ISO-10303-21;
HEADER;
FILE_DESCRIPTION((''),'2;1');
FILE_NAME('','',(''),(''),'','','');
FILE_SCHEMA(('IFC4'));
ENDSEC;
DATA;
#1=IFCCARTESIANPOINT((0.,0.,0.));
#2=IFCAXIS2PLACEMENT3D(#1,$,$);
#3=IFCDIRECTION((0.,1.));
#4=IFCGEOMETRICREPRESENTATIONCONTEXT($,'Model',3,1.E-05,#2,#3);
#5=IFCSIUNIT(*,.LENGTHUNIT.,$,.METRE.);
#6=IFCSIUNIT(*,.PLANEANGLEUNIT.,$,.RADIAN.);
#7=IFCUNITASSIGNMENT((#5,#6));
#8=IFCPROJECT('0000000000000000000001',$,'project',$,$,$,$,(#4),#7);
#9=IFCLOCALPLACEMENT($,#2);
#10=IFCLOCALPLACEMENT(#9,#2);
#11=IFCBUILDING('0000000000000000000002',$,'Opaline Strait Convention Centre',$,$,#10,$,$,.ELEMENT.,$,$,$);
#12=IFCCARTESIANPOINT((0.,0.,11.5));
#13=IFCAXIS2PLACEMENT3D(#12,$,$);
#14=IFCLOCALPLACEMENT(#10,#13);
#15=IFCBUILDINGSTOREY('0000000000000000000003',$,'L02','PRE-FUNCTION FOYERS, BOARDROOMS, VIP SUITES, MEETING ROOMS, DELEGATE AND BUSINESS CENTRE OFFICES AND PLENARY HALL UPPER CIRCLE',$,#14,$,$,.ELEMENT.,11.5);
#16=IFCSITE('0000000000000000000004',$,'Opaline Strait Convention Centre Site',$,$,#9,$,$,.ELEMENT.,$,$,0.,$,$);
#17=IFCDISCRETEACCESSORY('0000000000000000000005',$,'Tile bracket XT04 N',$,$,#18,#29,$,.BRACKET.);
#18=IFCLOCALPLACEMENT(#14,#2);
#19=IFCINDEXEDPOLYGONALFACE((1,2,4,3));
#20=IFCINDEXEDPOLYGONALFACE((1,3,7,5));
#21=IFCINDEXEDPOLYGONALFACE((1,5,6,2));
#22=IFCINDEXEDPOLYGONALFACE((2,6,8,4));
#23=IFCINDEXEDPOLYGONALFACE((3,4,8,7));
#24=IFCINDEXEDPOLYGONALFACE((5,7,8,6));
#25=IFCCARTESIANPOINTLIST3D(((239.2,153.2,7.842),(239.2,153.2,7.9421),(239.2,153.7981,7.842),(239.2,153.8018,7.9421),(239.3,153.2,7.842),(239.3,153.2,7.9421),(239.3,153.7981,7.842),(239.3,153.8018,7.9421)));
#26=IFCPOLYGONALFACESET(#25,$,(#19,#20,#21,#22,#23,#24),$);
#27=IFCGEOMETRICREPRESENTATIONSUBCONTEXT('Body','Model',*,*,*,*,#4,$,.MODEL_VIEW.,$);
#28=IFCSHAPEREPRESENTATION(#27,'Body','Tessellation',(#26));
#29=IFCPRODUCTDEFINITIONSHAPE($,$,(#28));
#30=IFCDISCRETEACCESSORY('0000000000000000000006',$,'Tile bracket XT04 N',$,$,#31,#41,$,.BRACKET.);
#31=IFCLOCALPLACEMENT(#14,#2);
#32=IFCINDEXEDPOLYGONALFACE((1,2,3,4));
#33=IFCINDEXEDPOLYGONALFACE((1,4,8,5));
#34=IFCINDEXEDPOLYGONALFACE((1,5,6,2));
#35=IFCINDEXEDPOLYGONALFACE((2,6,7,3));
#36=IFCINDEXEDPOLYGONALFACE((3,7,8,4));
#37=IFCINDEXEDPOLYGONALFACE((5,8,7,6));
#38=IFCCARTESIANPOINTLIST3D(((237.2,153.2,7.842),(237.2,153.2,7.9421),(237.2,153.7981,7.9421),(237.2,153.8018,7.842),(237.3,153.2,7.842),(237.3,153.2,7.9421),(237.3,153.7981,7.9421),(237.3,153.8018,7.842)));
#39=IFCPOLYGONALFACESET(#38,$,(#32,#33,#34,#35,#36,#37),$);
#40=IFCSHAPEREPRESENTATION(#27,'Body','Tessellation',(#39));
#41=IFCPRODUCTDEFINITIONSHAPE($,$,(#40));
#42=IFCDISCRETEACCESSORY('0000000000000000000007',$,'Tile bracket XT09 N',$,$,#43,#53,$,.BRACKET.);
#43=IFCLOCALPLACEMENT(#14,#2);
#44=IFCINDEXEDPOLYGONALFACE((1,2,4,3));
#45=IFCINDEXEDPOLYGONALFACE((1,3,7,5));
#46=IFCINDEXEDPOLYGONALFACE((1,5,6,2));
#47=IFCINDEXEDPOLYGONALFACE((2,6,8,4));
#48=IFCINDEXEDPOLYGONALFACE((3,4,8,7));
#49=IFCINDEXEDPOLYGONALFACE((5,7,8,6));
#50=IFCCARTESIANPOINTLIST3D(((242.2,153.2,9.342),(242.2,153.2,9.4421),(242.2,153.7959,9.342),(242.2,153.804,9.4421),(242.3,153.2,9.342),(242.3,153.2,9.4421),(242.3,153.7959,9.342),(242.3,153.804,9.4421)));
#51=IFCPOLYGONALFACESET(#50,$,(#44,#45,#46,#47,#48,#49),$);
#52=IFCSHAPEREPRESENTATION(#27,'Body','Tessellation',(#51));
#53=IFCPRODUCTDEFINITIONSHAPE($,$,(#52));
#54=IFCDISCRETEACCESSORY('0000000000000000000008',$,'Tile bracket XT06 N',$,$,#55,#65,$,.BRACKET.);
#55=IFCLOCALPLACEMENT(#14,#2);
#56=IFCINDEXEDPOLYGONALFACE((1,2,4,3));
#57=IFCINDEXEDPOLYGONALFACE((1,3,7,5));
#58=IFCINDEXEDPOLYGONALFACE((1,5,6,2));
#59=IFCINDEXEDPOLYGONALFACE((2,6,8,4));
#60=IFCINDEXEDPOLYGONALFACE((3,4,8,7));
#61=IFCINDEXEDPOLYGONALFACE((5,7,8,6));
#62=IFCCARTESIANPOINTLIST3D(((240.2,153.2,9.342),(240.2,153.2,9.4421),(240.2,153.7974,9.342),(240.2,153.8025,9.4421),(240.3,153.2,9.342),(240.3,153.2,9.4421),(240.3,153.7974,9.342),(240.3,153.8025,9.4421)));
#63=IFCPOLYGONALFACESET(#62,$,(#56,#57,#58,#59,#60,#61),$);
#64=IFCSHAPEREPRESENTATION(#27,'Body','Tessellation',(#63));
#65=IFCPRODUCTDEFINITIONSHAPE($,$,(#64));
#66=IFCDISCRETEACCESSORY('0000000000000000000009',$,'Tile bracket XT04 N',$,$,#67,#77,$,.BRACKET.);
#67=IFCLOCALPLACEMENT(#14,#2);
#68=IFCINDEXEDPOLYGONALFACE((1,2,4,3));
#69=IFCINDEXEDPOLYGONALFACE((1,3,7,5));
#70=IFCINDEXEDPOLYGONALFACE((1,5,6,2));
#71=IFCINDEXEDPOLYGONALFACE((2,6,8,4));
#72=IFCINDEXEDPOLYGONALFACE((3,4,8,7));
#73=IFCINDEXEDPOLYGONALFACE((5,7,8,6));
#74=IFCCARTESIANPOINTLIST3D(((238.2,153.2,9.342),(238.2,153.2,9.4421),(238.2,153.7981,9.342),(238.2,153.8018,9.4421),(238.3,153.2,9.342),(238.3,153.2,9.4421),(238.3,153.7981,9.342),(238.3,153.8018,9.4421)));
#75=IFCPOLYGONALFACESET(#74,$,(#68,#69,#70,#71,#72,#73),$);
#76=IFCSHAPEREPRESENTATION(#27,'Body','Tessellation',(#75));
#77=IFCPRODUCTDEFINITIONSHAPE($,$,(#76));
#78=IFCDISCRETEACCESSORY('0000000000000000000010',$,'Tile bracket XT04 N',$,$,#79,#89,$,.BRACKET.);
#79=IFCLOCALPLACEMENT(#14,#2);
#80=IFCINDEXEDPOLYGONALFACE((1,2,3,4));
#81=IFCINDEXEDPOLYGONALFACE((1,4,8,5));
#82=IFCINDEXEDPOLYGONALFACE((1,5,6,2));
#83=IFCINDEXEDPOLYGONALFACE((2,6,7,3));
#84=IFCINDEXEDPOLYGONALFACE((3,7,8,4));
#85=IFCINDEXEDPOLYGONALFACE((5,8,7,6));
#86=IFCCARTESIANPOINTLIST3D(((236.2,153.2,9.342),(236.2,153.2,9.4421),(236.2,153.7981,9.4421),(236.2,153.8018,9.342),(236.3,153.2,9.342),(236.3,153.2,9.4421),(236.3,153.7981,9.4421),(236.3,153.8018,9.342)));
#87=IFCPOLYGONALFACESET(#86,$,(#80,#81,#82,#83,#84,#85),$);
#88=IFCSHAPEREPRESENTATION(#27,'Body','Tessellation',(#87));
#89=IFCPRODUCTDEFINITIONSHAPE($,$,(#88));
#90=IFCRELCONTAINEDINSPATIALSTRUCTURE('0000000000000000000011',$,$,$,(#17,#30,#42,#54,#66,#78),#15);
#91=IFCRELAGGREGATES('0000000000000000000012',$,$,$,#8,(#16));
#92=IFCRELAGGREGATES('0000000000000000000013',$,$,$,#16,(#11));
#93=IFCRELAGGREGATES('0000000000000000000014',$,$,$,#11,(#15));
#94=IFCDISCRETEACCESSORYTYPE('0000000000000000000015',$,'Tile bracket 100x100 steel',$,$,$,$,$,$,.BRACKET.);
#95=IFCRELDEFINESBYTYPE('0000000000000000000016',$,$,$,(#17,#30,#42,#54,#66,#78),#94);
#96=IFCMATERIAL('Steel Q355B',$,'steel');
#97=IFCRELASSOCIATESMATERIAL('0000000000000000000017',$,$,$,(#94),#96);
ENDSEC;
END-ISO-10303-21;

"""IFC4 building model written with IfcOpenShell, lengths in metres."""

from ifc_helpers import new_model, si_unit, direction, frame, origin, place, context, subcontext, project, spatial, polyline, outline, extrude, material, type_object, element, save


model = new_model("IFC4")

# Units and contexts
model_context = context("Model", 3, precision=1e-05, world=origin(), true_north=direction((0.0, 1.0)))
body_context = subcontext(model_context, "Body", "Model", "MODEL_VIEW")
ifc_project = project(units=[si_unit("LENGTHUNIT", "METRE"), si_unit("PLANEANGLEUNIT", "RADIAN")], contexts=[model_context])

# Site, building, storey
site_placement = place(None, origin())
site = spatial("IfcSite", under=ifc_project, at=site_placement, Name="Opaline Strait Convention Centre Site", CompositionType="ELEMENT", RefElevation=0.0)
building_placement = place(site_placement, origin())
building = spatial("IfcBuilding", under=site, at=building_placement, Name="Opaline Strait Convention Centre", CompositionType="ELEMENT")
storey_placement = place(building_placement, frame((0.0, 0.0, 11.5)))
storey = spatial("IfcBuildingStorey", under=building, at=storey_placement, Name="L02", Description="PRE-FUNCTION FOYERS, BOARDROOMS, VIP SUITES, MEETING ROOMS, DELEGATE AND BUSINESS CENTRE OFFICES AND PLENARY HALL UPPER CIRCLE", CompositionType="ELEMENT", Elevation=11.5)

# Shared definitions
ifc_material_1 = material(Name="Steel Q355B", Category="steel")

# Discrete accessories
discrete_accessory_type = type_object("IfcDiscreteAccessoryType", Name="Tile bracket 100x100 steel", PredefinedType="BRACKET", material=ifc_material_1)
discrete_accessory_1_placement = place(storey_placement, frame((239.3, 153.2, 7.8921), z_axis=(-1.0, 0.0, 0.0), x_axis=(0.0, -1.0, 0.0)))
element("IfcDiscreteAccessory", 1, at=discrete_accessory_1_placement, inside=storey, type_object=discrete_accessory_type, Name="Tile bracket XT04 N", PredefinedType="BRACKET", context=body_context, shape_type="SweptSolid", body=[
    extrude(outline(polyline([(0.0, -0.05), (0.0, 0.05), (-0.6018, 0.05), (-0.5981, -0.05), (0.0, -0.05)])), origin(), (0.0, 0.0, 1.0), 0.1001),
])
discrete_accessory_2_placement = place(storey_placement, frame((237.3, 153.2, 7.8921), z_axis=(-1.0, 0.0, 0.0), x_axis=(0.0, -1.0, 0.0)))
element("IfcDiscreteAccessory", 2, at=discrete_accessory_2_placement, inside=storey, type_object=discrete_accessory_type, Name="Tile bracket XT04 N", PredefinedType="BRACKET", context=body_context, shape_type="SweptSolid", body=[
    extrude(outline(polyline([(0.0, -0.05), (0.0, 0.05), (-0.5981, 0.05), (-0.6018, -0.05), (0.0, -0.05)])), origin(), (0.0, 0.0, 1.0), 0.1001),
])
discrete_accessory_3_placement = place(storey_placement, frame((242.3, 153.2, 9.3921), z_axis=(-1.0, 0.0, 0.0), x_axis=(0.0, -1.0, 0.0)))
element("IfcDiscreteAccessory", 3, at=discrete_accessory_3_placement, inside=storey, type_object=discrete_accessory_type, Name="Tile bracket XT09 N", PredefinedType="BRACKET", context=body_context, shape_type="SweptSolid", body=[
    extrude(outline(polyline([(0.0, -0.05), (0.0, 0.05), (-0.604, 0.05), (-0.5959, -0.05), (0.0, -0.05)])), origin(), (0.0, 0.0, 1.0), 0.1001),
])
discrete_accessory_4_placement = place(storey_placement, frame((240.3, 153.2, 9.3921), z_axis=(-1.0, 0.0, 0.0), x_axis=(0.0, -1.0, 0.0)))
element("IfcDiscreteAccessory", 4, at=discrete_accessory_4_placement, inside=storey, type_object=discrete_accessory_type, Name="Tile bracket XT06 N", PredefinedType="BRACKET", context=body_context, shape_type="SweptSolid", body=[
    extrude(outline(polyline([(0.0, -0.05), (0.0, 0.05), (-0.6025, 0.05), (-0.5974, -0.05), (0.0, -0.05)])), origin(), (0.0, 0.0, 1.0), 0.1001),
])
discrete_accessory_5_placement = place(storey_placement, frame((238.3, 153.2, 9.3921), z_axis=(-1.0, 0.0, 0.0), x_axis=(0.0, -1.0, 0.0)))
element("IfcDiscreteAccessory", 5, at=discrete_accessory_5_placement, inside=storey, type_object=discrete_accessory_type, Name="Tile bracket XT04 N", PredefinedType="BRACKET", context=body_context, shape_type="SweptSolid", body=[
    extrude(outline(polyline([(0.0, -0.05), (0.0, 0.05), (-0.6018, 0.05), (-0.5981, -0.05), (0.0, -0.05)])), origin(), (0.0, 0.0, 1.0), 0.1001),
])
discrete_accessory_6_placement = place(storey_placement, frame((236.3, 153.2, 9.3921), z_axis=(-1.0, 0.0, 0.0), x_axis=(0.0, -1.0, 0.0)))
element("IfcDiscreteAccessory", 6, at=discrete_accessory_6_placement, inside=storey, type_object=discrete_accessory_type, Name="Tile bracket XT04 N", PredefinedType="BRACKET", context=body_context, shape_type="SweptSolid", body=[
    extrude(outline(polyline([(0.0, -0.05), (0.0, 0.05), (-0.5981, 0.05), (-0.6018, -0.05), (0.0, -0.05)])), origin(), (0.0, 0.0, 1.0), 0.1001),
])

save(model, "model.ifc")
